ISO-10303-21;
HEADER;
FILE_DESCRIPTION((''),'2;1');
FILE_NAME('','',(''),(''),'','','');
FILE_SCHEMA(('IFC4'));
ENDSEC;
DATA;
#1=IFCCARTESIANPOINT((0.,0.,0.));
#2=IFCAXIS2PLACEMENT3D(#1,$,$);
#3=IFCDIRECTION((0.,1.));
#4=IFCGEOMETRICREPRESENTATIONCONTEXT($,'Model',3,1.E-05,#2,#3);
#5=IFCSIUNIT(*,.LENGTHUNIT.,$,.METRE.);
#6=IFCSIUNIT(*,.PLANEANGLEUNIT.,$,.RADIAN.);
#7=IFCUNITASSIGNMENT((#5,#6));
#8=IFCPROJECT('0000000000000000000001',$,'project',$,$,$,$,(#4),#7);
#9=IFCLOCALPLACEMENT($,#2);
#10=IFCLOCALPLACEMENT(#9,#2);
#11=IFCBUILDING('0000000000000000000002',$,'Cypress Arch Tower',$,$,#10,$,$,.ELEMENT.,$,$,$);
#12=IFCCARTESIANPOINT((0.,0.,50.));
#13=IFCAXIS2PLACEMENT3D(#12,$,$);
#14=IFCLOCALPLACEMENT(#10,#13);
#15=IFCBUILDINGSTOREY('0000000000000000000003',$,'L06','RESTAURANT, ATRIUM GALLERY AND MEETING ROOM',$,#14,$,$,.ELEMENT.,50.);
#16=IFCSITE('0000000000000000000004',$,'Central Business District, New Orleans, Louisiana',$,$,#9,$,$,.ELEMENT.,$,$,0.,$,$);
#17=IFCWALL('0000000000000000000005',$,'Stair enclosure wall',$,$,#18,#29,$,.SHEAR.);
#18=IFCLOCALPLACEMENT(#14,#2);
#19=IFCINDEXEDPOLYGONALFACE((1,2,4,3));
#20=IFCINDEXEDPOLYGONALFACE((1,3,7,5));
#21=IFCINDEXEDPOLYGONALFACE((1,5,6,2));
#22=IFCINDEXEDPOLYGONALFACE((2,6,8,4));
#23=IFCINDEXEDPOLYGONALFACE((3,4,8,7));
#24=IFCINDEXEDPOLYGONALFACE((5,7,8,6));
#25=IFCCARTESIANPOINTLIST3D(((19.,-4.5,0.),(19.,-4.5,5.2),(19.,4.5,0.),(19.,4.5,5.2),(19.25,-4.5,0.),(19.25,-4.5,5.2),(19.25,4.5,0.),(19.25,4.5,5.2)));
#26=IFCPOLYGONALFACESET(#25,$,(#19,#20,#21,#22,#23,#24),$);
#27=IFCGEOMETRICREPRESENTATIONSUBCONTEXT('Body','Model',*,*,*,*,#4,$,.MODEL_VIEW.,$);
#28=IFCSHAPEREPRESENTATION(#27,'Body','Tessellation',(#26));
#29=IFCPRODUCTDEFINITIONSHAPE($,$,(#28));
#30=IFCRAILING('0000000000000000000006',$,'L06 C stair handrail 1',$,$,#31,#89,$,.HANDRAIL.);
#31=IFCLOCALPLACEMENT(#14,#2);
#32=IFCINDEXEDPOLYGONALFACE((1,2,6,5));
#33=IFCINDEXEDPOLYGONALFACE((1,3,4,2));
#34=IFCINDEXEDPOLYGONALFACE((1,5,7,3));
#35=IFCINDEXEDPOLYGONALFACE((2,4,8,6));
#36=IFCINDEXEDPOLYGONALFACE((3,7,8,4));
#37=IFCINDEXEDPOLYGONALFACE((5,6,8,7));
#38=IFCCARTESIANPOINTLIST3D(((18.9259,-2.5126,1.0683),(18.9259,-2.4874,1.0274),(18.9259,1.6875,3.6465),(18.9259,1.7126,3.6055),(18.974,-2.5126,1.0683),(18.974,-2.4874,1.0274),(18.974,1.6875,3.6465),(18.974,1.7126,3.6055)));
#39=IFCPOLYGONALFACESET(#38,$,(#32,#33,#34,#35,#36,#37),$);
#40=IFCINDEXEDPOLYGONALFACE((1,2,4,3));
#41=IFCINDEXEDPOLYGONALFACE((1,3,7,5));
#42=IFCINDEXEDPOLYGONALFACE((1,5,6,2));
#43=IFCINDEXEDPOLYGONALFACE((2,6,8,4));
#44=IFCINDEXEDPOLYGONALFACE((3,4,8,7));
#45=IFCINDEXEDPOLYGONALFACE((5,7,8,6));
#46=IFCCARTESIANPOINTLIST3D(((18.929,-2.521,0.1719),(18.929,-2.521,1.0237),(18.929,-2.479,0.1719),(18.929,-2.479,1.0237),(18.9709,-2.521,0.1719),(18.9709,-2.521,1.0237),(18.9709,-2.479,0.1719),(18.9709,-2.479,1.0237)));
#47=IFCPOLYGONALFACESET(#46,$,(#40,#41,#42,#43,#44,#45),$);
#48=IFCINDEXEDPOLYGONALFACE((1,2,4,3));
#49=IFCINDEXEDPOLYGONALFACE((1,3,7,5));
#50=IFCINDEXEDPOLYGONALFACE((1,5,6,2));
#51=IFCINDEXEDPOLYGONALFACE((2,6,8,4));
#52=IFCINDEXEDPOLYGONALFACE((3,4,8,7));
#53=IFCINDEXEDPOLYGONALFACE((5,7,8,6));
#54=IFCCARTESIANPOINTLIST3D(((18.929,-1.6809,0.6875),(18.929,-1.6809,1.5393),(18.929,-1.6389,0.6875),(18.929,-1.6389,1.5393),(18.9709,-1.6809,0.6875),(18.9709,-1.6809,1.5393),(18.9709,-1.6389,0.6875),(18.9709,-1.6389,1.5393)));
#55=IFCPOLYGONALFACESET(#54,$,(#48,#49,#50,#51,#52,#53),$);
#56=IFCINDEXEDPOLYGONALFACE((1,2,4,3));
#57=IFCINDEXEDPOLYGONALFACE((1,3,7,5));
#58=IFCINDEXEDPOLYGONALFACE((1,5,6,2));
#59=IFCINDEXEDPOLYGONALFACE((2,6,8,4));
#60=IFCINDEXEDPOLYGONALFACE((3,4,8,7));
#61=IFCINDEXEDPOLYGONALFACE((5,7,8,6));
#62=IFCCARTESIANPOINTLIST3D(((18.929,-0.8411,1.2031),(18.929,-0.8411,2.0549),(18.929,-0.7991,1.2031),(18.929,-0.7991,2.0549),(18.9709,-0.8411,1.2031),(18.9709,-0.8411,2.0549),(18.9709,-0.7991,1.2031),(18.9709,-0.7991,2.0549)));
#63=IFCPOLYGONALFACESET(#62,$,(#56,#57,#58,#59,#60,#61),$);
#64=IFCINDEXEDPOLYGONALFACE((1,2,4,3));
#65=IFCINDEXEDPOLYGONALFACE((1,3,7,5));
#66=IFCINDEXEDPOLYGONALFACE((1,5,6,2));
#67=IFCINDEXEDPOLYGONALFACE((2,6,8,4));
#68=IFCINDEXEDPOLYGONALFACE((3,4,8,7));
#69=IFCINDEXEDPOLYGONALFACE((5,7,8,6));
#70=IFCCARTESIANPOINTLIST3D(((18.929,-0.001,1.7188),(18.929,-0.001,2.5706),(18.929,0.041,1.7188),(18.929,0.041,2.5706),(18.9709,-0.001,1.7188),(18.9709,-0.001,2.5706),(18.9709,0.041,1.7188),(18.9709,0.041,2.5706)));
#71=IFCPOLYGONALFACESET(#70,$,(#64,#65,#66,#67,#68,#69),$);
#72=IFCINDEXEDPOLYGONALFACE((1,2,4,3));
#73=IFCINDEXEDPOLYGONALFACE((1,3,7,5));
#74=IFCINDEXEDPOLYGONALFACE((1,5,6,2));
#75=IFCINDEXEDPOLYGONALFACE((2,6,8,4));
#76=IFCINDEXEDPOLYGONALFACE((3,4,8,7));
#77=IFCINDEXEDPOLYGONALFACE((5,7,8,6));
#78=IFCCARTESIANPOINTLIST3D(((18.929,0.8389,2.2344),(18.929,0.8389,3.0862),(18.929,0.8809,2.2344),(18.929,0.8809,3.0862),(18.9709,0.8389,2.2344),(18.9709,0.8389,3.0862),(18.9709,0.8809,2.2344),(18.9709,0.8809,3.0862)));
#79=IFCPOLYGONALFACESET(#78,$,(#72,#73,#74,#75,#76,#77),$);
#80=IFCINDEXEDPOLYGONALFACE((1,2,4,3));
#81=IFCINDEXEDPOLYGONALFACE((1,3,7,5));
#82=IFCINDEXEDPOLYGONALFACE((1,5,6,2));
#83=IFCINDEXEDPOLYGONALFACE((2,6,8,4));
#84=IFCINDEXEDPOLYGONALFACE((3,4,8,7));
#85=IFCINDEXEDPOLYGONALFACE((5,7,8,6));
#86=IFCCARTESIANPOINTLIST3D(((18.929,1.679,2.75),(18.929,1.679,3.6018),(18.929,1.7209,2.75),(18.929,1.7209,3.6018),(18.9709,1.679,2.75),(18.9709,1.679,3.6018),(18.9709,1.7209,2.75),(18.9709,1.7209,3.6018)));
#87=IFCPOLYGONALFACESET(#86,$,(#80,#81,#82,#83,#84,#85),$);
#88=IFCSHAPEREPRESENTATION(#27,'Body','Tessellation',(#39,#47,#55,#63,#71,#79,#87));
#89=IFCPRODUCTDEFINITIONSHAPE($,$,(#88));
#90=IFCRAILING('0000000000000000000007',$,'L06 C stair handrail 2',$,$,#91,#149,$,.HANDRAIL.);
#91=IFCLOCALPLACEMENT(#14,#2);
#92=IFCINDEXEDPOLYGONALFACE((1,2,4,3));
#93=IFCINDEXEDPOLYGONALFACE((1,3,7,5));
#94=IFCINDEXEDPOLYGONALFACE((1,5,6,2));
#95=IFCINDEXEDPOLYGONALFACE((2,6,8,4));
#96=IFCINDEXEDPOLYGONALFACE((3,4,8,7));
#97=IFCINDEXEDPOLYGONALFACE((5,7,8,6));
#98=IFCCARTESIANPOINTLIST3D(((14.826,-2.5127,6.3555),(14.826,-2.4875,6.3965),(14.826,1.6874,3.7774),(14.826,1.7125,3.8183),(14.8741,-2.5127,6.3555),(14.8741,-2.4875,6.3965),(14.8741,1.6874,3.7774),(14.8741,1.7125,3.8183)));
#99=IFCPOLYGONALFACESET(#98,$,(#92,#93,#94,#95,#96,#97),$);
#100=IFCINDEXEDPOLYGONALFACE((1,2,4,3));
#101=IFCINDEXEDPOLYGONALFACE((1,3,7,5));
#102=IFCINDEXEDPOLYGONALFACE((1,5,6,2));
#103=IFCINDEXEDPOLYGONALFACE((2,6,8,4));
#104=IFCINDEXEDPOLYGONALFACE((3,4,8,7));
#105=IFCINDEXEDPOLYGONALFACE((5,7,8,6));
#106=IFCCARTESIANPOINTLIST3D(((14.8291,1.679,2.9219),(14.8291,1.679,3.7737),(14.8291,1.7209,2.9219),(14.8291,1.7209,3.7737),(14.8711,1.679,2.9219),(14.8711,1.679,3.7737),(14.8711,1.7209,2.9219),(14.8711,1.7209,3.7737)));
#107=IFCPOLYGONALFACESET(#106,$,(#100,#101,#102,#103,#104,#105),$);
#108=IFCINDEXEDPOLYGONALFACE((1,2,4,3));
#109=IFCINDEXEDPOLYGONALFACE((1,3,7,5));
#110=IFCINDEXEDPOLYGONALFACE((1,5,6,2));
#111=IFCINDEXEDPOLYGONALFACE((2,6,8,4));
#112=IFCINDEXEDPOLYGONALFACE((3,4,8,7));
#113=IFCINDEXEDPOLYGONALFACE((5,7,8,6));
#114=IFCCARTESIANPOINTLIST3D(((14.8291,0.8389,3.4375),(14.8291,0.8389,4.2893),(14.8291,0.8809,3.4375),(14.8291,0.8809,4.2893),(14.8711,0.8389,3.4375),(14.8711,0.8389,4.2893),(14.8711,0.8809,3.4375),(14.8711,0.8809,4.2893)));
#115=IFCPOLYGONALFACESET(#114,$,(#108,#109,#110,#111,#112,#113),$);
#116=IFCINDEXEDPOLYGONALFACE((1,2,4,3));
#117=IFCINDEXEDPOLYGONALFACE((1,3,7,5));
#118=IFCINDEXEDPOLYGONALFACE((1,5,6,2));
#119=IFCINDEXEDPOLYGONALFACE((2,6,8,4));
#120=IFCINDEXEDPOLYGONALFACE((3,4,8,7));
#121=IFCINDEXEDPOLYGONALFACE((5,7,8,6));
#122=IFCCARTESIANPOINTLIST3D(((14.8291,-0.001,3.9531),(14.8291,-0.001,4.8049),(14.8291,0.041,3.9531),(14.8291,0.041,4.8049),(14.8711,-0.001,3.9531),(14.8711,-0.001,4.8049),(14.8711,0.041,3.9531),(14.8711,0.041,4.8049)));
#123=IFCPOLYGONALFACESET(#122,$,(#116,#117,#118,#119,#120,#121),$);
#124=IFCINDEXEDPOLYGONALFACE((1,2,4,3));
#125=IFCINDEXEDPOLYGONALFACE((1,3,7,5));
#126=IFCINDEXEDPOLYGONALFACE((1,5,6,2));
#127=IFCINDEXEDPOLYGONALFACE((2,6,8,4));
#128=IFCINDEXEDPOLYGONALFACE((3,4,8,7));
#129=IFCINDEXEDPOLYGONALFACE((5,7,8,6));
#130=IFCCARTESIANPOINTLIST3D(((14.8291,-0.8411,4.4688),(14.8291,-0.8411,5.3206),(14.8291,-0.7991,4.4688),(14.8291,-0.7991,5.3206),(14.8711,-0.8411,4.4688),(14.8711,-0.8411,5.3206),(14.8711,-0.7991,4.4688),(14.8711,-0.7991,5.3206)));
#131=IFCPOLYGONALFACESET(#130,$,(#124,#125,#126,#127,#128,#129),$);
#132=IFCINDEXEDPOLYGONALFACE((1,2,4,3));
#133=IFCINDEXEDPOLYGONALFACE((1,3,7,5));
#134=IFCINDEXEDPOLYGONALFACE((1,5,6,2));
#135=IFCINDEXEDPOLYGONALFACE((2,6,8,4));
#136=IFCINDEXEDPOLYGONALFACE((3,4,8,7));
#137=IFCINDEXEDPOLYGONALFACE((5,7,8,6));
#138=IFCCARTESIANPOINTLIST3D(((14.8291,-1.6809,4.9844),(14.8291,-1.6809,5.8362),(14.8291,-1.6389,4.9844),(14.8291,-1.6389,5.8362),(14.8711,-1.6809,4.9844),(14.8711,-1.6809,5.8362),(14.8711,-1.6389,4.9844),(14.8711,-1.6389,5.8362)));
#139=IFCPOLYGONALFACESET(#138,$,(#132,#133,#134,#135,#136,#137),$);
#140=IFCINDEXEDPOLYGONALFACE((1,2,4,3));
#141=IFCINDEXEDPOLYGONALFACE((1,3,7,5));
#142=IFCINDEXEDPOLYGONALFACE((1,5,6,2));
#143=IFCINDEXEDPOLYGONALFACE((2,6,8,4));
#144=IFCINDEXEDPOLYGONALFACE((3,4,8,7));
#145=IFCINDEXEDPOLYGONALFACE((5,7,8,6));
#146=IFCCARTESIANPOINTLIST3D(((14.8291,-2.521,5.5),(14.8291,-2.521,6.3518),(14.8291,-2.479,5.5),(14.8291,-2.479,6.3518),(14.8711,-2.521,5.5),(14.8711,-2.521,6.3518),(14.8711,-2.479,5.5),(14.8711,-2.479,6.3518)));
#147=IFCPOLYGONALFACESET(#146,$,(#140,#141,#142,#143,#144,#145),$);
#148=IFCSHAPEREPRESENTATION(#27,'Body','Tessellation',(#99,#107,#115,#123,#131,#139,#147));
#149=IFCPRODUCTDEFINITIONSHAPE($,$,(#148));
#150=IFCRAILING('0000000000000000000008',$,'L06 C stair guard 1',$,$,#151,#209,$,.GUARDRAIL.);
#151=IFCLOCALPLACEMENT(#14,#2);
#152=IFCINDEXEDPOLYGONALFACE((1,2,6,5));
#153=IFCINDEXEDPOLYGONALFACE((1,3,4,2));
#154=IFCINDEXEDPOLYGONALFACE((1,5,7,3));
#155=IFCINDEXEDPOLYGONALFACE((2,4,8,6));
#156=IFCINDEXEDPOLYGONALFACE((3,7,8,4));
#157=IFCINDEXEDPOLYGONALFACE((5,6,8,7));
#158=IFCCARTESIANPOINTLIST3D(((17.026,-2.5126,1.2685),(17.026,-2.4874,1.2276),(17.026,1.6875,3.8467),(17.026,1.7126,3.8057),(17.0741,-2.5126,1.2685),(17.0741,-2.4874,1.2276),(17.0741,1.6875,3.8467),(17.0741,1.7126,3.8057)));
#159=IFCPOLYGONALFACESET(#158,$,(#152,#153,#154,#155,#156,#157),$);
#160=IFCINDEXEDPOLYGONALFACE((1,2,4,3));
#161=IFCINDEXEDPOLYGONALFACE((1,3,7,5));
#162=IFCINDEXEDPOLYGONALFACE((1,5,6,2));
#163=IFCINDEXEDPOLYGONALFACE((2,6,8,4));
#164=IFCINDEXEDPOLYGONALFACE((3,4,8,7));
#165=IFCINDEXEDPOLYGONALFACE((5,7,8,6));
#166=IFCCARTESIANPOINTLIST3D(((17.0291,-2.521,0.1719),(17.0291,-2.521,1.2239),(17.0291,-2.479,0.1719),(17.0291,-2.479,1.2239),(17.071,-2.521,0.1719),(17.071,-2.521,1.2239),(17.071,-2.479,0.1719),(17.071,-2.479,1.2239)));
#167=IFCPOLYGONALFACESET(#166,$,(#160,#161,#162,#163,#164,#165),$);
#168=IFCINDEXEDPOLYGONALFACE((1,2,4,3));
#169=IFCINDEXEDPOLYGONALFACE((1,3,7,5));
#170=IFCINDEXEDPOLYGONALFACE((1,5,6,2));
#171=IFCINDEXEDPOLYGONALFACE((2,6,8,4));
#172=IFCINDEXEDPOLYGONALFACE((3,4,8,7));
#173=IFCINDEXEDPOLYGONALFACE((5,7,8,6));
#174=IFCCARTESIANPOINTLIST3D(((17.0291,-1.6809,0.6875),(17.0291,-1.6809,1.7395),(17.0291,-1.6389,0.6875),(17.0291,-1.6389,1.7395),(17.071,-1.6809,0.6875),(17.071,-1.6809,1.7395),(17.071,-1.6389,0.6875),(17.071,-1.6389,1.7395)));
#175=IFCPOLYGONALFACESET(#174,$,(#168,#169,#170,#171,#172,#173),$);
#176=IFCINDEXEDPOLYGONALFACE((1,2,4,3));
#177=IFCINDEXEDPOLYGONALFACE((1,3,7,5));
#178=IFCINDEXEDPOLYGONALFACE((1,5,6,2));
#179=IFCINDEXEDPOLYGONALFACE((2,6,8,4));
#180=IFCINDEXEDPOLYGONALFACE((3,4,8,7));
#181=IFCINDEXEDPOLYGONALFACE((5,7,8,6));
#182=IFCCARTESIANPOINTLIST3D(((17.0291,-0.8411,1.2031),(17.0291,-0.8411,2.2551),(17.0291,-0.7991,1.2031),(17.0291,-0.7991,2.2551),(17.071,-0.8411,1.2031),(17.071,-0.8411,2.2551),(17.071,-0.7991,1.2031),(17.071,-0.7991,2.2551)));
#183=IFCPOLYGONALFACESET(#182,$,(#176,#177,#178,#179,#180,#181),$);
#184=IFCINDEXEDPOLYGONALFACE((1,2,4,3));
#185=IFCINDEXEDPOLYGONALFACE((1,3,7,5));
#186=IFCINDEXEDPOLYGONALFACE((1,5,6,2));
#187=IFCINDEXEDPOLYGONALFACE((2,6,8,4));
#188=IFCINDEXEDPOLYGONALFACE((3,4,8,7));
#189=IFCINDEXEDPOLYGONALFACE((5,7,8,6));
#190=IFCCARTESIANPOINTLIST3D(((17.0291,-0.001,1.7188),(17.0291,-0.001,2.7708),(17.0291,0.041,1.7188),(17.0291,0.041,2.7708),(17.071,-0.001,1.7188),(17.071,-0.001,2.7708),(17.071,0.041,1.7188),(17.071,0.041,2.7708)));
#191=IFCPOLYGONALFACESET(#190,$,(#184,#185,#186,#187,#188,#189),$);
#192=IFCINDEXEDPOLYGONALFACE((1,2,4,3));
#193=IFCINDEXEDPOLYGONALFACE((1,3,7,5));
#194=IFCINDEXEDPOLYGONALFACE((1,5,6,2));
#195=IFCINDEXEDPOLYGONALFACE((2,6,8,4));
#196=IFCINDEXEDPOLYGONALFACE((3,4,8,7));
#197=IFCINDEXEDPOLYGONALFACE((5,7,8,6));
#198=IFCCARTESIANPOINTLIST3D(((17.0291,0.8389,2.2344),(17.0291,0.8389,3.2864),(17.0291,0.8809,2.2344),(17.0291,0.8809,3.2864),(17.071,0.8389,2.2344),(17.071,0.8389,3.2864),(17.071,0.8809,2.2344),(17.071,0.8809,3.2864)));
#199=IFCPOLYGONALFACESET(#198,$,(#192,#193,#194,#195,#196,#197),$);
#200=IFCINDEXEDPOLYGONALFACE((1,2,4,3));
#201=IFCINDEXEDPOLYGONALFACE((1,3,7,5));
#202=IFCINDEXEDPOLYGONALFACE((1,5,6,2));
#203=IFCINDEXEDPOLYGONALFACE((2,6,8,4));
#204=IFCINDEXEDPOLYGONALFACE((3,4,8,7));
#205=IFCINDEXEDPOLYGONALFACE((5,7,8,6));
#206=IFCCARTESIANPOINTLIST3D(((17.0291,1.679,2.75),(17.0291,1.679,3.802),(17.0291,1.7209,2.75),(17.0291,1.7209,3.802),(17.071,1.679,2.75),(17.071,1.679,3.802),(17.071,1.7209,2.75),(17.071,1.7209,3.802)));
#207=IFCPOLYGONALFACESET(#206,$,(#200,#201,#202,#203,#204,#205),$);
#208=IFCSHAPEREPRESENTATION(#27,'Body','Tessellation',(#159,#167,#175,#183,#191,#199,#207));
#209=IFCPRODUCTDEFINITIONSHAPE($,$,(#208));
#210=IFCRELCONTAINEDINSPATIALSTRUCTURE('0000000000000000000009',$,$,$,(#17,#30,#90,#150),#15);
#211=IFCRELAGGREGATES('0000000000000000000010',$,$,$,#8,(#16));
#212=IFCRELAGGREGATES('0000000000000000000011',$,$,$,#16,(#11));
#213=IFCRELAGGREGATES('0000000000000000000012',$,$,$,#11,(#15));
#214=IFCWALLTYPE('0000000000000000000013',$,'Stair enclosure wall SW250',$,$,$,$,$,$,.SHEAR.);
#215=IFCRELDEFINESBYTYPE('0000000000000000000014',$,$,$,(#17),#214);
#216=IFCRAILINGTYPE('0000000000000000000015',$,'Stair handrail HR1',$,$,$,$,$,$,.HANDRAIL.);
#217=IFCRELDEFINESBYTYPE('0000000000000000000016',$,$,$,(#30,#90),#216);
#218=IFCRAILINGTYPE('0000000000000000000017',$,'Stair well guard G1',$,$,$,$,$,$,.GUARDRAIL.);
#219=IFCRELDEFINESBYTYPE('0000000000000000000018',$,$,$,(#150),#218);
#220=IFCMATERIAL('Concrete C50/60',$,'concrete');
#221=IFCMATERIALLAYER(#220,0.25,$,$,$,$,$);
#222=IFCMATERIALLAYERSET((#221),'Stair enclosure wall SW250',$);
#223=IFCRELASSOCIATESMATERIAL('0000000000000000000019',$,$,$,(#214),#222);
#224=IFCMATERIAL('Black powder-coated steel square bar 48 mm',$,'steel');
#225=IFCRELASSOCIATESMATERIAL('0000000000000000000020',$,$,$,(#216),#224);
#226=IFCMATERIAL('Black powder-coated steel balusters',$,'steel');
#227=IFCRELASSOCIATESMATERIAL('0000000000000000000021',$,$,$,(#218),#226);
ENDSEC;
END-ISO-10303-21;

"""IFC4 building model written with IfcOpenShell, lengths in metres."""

from ifc_helpers import new_model, si_unit, direction, frame, frame_2d, origin, origin_2d, place, context, subcontext, project, spatial, rectangle, extrude, material, layer, layer_set, type_object, element, save


model = new_model("IFC4")

# Units and contexts
model_context = context("Model", 3, precision=1e-05, world=origin(), true_north=direction((0.0, 1.0)))
body_context = subcontext(model_context, "Body", "Model", "MODEL_VIEW")
ifc_project = project(units=[si_unit("LENGTHUNIT", "METRE"), si_unit("PLANEANGLEUNIT", "RADIAN")], contexts=[model_context])

# Site, building, storey
site_placement = place(None, origin())
site = spatial("IfcSite", under=ifc_project, at=site_placement, Name="Central Business District, New Orleans, Louisiana", CompositionType="ELEMENT", RefElevation=0.0)
building_placement = place(site_placement, origin())
building = spatial("IfcBuilding", under=site, at=building_placement, Name="Cypress Arch Tower", CompositionType="ELEMENT")
storey_placement = place(building_placement, frame((0.0, 0.0, 50.0)))
storey = spatial("IfcBuildingStorey", under=building, at=storey_placement, Name="L06", Description="RESTAURANT, ATRIUM GALLERY AND MEETING ROOM", CompositionType="ELEMENT", Elevation=50.0)

# Wall
ifc_material_1 = material(Name="Concrete C50/60", Category="concrete")
ifc_layer_1 = layer(ifc_material_1, 0.25)
ifc_layer_set_1 = layer_set([ifc_layer_1], Name="Stair enclosure wall SW250")
wall_type_1 = type_object("IfcWallType", Name="Stair enclosure wall SW250", PredefinedType="SHEAR", material=ifc_layer_set_1)
wall_1_placement = place(storey_placement, frame((19.125, -4.5, 0.0), z_axis=(0.0, 0.0, 1.0), x_axis=(0.0, 1.0, 0.0)))
element("IfcWall", 1, at=wall_1_placement, inside=storey, type_object=wall_type_1, Name="Stair enclosure wall", PredefinedType="SHEAR", context=body_context, shape_type="SweptSolid", body=[
    extrude(rectangle(XDim=9.0, YDim=0.25, at=frame_2d((4.5, 0.0))), origin(), (0.0, 0.0, 1.0), 5.2),
])

# Railings
ifc_material_2 = material(Name="Black powder-coated steel square bar 48 mm", Category="steel")
railing_type_1 = type_object("IfcRailingType", Name="Stair handrail HR1", PredefinedType="HANDRAIL", material=ifc_material_2)
railing_1_placement = place(storey_placement, frame((18.95, -2.5, 0.1719)))
element("IfcRailing", 2, at=railing_1_placement, inside=storey, type_object=railing_type_1, Name="L06 C stair handrail 1", PredefinedType="HANDRAIL", context=body_context, shape_type="SweptSolid", body=[
    extrude(rectangle(XDim=0.0481, YDim=0.0481, at=origin_2d()), frame((0.0, 0.0, 0.876), z_axis=(0.0, 0.852243, 0.523146), x_axis=(-1.0, 0.0, 0.0)), (0.0, 0.0, 1.0), 4.9282),
    extrude(rectangle(XDim=0.042, YDim=0.042, at=origin_2d()), origin(), (0.0, 0.0, 1.0), 0.8518),
    extrude(rectangle(XDim=0.042, YDim=0.042, at=origin_2d()), frame((0.0, 0.8401, 0.5156)), (0.0, 0.0, 1.0), 0.8518),
    extrude(rectangle(XDim=0.042, YDim=0.042, at=origin_2d()), frame((0.0, 1.6799, 1.0312)), (0.0, 0.0, 1.0), 0.8518),
    extrude(rectangle(XDim=0.042, YDim=0.042, at=origin_2d()), frame((0.0, 2.52, 1.5469)), (0.0, 0.0, 1.0), 0.8518),
    extrude(rectangle(XDim=0.042, YDim=0.042, at=origin_2d()), frame((0.0, 3.3599, 2.0625)), (0.0, 0.0, 1.0), 0.8518),
    extrude(rectangle(XDim=0.042, YDim=0.042, at=origin_2d()), frame((0.0, 4.2, 2.5781)), (0.0, 0.0, 1.0), 0.8518),
])
railing_2_placement = place(storey_placement, frame((14.8501, 1.7, 2.9219)))
element("IfcRailing", 3, at=railing_2_placement, inside=storey, type_object=railing_type_1, Name="L06 C stair handrail 2", PredefinedType="HANDRAIL", context=body_context, shape_type="SweptSolid", body=[
    extrude(rectangle(XDim=0.0481, YDim=0.0481, at=origin_2d()), frame((0.0, 0.0, 0.876), z_axis=(0.0, -0.852243, 0.523146), x_axis=(1.0, 0.0, 0.0)), (0.0, 0.0, 1.0), 4.9282),
    extrude(rectangle(XDim=0.042, YDim=0.042, at=origin_2d()), origin(), (0.0, 0.0, 1.0), 0.8518),
    extrude(rectangle(XDim=0.042, YDim=0.042, at=origin_2d()), frame((0.0, -0.8401, 0.5156)), (0.0, 0.0, 1.0), 0.8518),
    extrude(rectangle(XDim=0.042, YDim=0.042, at=origin_2d()), frame((0.0, -1.6799, 1.0312)), (0.0, 0.0, 1.0), 0.8518),
    extrude(rectangle(XDim=0.042, YDim=0.042, at=origin_2d()), frame((0.0, -2.52, 1.5469)), (0.0, 0.0, 1.0), 0.8518),
    extrude(rectangle(XDim=0.042, YDim=0.042, at=origin_2d()), frame((0.0, -3.3599, 2.0625)), (0.0, 0.0, 1.0), 0.8518),
    extrude(rectangle(XDim=0.042, YDim=0.042, at=origin_2d()), frame((0.0, -4.2, 2.5781)), (0.0, 0.0, 1.0), 0.8518),
])
ifc_material_3 = material(Name="Black powder-coated steel balusters", Category="steel")
railing_type_2 = type_object("IfcRailingType", Name="Stair well guard G1", PredefinedType="GUARDRAIL", material=ifc_material_3)
railing_3_placement = place(storey_placement, frame((17.05, -2.5, 0.1719)))
element("IfcRailing", 4, at=railing_3_placement, inside=storey, type_object=railing_type_2, Name="L06 C stair guard 1", PredefinedType="GUARDRAIL", context=body_context, shape_type="SweptSolid", body=[
    extrude(rectangle(XDim=0.0481, YDim=0.0481, at=origin_2d()), frame((0.0, 0.0, 1.0762), z_axis=(0.0, 0.852243, 0.523146), x_axis=(-1.0, 0.0, 0.0)), (0.0, 0.0, 1.0), 4.9282),
    extrude(rectangle(XDim=0.042, YDim=0.042, at=origin_2d()), origin(), (0.0, 0.0, 1.0), 1.052),
    extrude(rectangle(XDim=0.042, YDim=0.042, at=origin_2d()), frame((0.0, 0.8401, 0.5156)), (0.0, 0.0, 1.0), 1.052),
    extrude(rectangle(XDim=0.042, YDim=0.042, at=origin_2d()), frame((0.0, 1.6799, 1.0312)), (0.0, 0.0, 1.0), 1.052),
    extrude(rectangle(XDim=0.042, YDim=0.042, at=origin_2d()), frame((0.0, 2.52, 1.5469)), (0.0, 0.0, 1.0), 1.052),
    extrude(rectangle(XDim=0.042, YDim=0.042, at=origin_2d()), frame((0.0, 3.3599, 2.0625)), (0.0, 0.0, 1.0), 1.052),
    extrude(rectangle(XDim=0.042, YDim=0.042, at=origin_2d()), frame((0.0, 4.2, 2.5781)), (0.0, 0.0, 1.0), 1.052),
])

save(model, "model.ifc")
